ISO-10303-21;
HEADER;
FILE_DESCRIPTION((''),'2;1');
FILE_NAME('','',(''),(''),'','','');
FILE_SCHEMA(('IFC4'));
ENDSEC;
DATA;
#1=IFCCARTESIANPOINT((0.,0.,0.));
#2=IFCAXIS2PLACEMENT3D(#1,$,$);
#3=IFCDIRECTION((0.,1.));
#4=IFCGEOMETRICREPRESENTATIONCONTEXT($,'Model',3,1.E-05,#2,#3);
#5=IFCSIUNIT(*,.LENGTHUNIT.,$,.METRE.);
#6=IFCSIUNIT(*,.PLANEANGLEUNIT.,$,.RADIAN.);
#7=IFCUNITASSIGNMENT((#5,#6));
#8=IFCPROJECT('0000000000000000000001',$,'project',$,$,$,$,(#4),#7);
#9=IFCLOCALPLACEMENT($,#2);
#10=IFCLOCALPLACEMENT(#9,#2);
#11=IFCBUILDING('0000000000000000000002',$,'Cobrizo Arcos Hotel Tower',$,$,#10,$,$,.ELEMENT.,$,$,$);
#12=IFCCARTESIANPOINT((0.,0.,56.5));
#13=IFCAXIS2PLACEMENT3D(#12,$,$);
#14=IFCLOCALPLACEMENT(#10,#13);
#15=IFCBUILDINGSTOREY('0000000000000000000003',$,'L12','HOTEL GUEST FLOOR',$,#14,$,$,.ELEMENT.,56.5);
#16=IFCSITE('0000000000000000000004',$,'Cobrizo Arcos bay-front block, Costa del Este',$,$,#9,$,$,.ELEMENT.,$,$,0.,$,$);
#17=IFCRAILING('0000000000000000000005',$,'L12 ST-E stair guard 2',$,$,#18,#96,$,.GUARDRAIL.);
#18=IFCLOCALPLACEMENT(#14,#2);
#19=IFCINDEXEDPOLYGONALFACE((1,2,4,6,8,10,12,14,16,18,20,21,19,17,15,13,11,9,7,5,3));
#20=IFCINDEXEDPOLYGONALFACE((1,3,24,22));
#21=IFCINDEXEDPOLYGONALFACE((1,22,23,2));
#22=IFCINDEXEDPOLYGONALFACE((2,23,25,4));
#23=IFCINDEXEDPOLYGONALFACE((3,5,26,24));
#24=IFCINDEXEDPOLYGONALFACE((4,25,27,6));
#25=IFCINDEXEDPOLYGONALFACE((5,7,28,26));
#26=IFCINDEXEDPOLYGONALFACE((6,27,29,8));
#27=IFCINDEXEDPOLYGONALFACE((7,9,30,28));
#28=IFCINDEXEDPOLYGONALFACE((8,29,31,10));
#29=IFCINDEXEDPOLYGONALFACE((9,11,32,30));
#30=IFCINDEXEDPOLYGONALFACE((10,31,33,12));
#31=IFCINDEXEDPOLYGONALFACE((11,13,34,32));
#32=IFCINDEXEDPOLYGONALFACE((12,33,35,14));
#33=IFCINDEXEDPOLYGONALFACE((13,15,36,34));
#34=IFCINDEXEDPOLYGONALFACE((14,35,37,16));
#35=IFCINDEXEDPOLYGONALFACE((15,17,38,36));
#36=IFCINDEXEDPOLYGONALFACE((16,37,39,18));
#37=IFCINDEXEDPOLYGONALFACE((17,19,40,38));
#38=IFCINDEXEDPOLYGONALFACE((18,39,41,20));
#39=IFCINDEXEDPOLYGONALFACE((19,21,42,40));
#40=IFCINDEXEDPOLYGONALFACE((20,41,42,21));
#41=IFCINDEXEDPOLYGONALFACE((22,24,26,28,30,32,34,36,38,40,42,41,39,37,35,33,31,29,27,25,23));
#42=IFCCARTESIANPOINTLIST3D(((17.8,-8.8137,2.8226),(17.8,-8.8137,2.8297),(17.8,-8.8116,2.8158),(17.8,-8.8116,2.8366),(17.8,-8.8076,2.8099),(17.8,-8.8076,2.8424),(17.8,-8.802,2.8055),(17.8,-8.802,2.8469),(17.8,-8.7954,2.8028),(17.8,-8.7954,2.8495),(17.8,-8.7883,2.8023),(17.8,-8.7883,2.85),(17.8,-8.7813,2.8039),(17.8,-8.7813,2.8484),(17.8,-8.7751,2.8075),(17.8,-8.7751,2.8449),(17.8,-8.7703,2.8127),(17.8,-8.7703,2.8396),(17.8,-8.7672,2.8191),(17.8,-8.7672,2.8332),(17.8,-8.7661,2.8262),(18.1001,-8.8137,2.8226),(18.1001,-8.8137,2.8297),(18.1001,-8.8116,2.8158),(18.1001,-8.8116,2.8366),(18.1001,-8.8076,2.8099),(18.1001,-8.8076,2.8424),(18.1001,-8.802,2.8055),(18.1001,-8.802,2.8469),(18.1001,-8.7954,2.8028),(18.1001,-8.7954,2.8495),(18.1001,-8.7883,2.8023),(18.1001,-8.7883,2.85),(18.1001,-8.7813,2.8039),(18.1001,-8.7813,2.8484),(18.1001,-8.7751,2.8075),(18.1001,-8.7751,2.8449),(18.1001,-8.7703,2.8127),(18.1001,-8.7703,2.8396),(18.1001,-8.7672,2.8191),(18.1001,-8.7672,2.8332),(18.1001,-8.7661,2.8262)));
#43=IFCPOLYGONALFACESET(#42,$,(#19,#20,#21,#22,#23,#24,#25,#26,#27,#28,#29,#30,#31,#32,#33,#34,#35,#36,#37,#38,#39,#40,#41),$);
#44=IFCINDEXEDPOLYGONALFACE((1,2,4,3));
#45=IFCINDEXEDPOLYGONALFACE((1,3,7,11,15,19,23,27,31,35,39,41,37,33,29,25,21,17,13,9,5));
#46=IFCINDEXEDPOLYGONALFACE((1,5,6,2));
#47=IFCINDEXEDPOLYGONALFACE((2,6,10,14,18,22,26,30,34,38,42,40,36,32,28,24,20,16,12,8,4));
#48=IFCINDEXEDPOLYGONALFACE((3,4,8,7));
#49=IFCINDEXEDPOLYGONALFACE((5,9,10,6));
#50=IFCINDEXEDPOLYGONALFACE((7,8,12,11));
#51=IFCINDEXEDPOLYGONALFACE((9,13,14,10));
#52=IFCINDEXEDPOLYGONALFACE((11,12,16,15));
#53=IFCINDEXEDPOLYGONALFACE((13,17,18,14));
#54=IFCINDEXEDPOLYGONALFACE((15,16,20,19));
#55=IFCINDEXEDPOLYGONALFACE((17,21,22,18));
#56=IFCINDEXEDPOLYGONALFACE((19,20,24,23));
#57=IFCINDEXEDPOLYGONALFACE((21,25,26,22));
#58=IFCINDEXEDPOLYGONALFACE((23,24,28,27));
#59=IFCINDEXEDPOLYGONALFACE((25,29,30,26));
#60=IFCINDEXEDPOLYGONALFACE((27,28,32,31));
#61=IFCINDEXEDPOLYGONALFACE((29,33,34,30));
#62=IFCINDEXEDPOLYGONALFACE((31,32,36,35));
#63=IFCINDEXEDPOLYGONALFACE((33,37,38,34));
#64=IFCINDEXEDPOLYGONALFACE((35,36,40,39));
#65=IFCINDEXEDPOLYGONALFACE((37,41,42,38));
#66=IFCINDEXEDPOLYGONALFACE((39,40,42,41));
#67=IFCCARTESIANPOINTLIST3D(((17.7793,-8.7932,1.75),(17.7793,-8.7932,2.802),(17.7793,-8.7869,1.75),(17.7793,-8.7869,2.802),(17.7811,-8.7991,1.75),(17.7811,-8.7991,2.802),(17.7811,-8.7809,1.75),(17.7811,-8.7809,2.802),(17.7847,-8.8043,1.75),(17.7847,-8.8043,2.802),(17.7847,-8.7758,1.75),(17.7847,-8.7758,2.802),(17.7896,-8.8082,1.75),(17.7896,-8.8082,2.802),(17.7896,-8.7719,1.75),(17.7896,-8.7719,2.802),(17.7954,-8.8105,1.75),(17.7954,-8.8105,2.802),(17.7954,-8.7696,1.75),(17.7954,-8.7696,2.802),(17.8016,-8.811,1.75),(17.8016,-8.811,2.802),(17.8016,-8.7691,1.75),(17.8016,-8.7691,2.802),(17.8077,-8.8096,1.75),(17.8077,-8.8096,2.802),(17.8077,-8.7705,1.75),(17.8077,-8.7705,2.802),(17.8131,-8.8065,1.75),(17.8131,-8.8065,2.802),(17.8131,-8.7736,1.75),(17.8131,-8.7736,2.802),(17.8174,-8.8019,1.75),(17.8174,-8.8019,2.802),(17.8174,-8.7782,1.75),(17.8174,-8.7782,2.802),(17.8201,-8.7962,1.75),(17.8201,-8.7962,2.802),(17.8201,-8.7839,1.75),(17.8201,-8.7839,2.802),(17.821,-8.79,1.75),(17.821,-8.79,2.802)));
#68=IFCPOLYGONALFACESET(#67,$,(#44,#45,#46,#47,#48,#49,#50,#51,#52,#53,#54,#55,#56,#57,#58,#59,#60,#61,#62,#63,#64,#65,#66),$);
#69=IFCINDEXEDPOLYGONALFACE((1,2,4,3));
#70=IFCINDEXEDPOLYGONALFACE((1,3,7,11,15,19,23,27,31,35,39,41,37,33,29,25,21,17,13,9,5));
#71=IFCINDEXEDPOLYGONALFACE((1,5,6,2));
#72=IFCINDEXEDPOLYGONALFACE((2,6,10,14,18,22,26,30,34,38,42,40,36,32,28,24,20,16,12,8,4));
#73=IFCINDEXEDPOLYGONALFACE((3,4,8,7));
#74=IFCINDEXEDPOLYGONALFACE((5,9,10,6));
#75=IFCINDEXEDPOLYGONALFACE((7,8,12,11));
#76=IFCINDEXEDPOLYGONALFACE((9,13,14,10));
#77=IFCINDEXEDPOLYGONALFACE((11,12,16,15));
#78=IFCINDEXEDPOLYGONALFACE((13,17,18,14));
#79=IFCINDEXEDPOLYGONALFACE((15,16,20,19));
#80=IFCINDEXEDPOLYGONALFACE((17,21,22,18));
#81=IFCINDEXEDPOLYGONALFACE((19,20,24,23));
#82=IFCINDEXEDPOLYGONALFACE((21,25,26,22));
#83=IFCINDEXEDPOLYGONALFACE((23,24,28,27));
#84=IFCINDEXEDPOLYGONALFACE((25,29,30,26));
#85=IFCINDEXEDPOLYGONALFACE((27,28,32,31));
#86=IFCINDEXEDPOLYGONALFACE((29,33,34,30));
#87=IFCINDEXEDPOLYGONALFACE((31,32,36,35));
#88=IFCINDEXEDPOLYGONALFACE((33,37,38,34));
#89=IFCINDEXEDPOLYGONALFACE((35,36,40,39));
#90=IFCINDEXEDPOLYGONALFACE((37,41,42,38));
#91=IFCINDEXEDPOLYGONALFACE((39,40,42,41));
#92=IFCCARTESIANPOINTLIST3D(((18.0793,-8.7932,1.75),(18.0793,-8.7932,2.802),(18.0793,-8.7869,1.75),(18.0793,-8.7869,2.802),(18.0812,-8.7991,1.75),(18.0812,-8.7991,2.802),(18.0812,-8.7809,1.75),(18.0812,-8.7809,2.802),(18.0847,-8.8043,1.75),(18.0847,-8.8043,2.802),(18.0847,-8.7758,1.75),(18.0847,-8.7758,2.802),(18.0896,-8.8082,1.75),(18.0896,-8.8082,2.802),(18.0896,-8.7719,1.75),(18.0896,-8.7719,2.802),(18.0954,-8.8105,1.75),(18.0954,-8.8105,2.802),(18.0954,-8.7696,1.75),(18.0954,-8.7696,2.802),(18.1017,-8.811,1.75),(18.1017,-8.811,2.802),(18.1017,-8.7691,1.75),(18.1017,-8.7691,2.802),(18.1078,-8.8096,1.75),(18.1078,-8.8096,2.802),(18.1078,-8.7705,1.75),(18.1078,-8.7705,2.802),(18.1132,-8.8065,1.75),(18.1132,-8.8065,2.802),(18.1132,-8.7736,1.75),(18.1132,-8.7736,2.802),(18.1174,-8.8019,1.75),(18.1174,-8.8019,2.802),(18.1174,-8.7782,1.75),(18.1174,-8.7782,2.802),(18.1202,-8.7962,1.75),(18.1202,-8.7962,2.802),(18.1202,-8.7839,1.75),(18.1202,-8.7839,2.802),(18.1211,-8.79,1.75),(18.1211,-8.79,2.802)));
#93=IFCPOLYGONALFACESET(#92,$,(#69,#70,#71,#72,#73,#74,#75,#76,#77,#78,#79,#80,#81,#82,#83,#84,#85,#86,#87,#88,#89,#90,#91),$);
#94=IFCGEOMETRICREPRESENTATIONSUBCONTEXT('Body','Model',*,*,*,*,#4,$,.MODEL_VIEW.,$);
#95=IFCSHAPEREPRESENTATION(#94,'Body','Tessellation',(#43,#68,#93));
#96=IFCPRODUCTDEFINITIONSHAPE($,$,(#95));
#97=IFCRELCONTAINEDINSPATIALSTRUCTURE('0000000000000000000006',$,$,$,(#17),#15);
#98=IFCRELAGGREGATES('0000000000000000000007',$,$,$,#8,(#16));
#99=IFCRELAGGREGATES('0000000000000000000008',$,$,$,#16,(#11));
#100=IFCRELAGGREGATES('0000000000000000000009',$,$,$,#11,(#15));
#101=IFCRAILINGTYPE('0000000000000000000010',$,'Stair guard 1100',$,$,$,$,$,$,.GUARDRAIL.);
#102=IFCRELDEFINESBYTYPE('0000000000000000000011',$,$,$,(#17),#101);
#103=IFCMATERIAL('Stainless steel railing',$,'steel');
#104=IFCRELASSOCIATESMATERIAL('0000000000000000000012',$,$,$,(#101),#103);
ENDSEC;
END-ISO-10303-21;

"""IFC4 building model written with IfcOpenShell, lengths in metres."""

from ifc_helpers import new_model, si_unit, direction, frame, origin, origin_2d, place, context, subcontext, project, spatial, circle, extrude, material, type_object, element, save


model = new_model("IFC4")

# Units and contexts
model_context = context("Model", 3, precision=1e-05, world=origin(), true_north=direction((0.0, 1.0)))
body_context = subcontext(model_context, "Body", "Model", "MODEL_VIEW")
ifc_project = project(units=[si_unit("LENGTHUNIT", "METRE"), si_unit("PLANEANGLEUNIT", "RADIAN")], contexts=[model_context])

# Site, building, storey
site_placement = place(None, origin())
site = spatial("IfcSite", under=ifc_project, at=site_placement, Name="Cobrizo Arcos bay-front block, Costa del Este", CompositionType="ELEMENT", RefElevation=0.0)
building_placement = place(site_placement, origin())
building = spatial("IfcBuilding", under=site, at=building_placement, Name="Cobrizo Arcos Hotel Tower", CompositionType="ELEMENT")
storey_placement = place(building_placement, frame((0.0, 0.0, 56.5)))
storey = spatial("IfcBuildingStorey", under=building, at=storey_placement, Name="L12", Description="HOTEL GUEST FLOOR", CompositionType="ELEMENT", Elevation=56.5)

# Railing
ifc_material_1 = material(Name="Stainless steel railing", Category="steel")
railing_type_1 = type_object("IfcRailingType", Name="Stair guard 1100", PredefinedType="GUARDRAIL", material=ifc_material_1)
railing_1_placement = place(storey_placement, frame((17.8, -8.79, 1.75)))
element("IfcRailing", 1, at=railing_1_placement, inside=storey, type_object=railing_type_1, Name="L12 ST-E stair guard 2", PredefinedType="GUARDRAIL", context=body_context, shape_type="SweptSolid", body=[
    extrude(circle(Radius=0.0239, at=origin_2d()), frame((0.0, 0.0, 1.0762), z_axis=(1.0, 0.0, 0.0), x_axis=(0.0, 1.0, 0.0)), (0.0, 0.0, 1.0), 0.3),
    extrude(circle(Radius=0.021, at=origin_2d()), origin(), (0.0, 0.0, 1.0), 1.052),
    extrude(circle(Radius=0.021, at=origin_2d()), frame((0.3, 0.0, 0.0)), (0.0, 0.0, 1.0), 1.052),
])

save(model, "model.ifc")
